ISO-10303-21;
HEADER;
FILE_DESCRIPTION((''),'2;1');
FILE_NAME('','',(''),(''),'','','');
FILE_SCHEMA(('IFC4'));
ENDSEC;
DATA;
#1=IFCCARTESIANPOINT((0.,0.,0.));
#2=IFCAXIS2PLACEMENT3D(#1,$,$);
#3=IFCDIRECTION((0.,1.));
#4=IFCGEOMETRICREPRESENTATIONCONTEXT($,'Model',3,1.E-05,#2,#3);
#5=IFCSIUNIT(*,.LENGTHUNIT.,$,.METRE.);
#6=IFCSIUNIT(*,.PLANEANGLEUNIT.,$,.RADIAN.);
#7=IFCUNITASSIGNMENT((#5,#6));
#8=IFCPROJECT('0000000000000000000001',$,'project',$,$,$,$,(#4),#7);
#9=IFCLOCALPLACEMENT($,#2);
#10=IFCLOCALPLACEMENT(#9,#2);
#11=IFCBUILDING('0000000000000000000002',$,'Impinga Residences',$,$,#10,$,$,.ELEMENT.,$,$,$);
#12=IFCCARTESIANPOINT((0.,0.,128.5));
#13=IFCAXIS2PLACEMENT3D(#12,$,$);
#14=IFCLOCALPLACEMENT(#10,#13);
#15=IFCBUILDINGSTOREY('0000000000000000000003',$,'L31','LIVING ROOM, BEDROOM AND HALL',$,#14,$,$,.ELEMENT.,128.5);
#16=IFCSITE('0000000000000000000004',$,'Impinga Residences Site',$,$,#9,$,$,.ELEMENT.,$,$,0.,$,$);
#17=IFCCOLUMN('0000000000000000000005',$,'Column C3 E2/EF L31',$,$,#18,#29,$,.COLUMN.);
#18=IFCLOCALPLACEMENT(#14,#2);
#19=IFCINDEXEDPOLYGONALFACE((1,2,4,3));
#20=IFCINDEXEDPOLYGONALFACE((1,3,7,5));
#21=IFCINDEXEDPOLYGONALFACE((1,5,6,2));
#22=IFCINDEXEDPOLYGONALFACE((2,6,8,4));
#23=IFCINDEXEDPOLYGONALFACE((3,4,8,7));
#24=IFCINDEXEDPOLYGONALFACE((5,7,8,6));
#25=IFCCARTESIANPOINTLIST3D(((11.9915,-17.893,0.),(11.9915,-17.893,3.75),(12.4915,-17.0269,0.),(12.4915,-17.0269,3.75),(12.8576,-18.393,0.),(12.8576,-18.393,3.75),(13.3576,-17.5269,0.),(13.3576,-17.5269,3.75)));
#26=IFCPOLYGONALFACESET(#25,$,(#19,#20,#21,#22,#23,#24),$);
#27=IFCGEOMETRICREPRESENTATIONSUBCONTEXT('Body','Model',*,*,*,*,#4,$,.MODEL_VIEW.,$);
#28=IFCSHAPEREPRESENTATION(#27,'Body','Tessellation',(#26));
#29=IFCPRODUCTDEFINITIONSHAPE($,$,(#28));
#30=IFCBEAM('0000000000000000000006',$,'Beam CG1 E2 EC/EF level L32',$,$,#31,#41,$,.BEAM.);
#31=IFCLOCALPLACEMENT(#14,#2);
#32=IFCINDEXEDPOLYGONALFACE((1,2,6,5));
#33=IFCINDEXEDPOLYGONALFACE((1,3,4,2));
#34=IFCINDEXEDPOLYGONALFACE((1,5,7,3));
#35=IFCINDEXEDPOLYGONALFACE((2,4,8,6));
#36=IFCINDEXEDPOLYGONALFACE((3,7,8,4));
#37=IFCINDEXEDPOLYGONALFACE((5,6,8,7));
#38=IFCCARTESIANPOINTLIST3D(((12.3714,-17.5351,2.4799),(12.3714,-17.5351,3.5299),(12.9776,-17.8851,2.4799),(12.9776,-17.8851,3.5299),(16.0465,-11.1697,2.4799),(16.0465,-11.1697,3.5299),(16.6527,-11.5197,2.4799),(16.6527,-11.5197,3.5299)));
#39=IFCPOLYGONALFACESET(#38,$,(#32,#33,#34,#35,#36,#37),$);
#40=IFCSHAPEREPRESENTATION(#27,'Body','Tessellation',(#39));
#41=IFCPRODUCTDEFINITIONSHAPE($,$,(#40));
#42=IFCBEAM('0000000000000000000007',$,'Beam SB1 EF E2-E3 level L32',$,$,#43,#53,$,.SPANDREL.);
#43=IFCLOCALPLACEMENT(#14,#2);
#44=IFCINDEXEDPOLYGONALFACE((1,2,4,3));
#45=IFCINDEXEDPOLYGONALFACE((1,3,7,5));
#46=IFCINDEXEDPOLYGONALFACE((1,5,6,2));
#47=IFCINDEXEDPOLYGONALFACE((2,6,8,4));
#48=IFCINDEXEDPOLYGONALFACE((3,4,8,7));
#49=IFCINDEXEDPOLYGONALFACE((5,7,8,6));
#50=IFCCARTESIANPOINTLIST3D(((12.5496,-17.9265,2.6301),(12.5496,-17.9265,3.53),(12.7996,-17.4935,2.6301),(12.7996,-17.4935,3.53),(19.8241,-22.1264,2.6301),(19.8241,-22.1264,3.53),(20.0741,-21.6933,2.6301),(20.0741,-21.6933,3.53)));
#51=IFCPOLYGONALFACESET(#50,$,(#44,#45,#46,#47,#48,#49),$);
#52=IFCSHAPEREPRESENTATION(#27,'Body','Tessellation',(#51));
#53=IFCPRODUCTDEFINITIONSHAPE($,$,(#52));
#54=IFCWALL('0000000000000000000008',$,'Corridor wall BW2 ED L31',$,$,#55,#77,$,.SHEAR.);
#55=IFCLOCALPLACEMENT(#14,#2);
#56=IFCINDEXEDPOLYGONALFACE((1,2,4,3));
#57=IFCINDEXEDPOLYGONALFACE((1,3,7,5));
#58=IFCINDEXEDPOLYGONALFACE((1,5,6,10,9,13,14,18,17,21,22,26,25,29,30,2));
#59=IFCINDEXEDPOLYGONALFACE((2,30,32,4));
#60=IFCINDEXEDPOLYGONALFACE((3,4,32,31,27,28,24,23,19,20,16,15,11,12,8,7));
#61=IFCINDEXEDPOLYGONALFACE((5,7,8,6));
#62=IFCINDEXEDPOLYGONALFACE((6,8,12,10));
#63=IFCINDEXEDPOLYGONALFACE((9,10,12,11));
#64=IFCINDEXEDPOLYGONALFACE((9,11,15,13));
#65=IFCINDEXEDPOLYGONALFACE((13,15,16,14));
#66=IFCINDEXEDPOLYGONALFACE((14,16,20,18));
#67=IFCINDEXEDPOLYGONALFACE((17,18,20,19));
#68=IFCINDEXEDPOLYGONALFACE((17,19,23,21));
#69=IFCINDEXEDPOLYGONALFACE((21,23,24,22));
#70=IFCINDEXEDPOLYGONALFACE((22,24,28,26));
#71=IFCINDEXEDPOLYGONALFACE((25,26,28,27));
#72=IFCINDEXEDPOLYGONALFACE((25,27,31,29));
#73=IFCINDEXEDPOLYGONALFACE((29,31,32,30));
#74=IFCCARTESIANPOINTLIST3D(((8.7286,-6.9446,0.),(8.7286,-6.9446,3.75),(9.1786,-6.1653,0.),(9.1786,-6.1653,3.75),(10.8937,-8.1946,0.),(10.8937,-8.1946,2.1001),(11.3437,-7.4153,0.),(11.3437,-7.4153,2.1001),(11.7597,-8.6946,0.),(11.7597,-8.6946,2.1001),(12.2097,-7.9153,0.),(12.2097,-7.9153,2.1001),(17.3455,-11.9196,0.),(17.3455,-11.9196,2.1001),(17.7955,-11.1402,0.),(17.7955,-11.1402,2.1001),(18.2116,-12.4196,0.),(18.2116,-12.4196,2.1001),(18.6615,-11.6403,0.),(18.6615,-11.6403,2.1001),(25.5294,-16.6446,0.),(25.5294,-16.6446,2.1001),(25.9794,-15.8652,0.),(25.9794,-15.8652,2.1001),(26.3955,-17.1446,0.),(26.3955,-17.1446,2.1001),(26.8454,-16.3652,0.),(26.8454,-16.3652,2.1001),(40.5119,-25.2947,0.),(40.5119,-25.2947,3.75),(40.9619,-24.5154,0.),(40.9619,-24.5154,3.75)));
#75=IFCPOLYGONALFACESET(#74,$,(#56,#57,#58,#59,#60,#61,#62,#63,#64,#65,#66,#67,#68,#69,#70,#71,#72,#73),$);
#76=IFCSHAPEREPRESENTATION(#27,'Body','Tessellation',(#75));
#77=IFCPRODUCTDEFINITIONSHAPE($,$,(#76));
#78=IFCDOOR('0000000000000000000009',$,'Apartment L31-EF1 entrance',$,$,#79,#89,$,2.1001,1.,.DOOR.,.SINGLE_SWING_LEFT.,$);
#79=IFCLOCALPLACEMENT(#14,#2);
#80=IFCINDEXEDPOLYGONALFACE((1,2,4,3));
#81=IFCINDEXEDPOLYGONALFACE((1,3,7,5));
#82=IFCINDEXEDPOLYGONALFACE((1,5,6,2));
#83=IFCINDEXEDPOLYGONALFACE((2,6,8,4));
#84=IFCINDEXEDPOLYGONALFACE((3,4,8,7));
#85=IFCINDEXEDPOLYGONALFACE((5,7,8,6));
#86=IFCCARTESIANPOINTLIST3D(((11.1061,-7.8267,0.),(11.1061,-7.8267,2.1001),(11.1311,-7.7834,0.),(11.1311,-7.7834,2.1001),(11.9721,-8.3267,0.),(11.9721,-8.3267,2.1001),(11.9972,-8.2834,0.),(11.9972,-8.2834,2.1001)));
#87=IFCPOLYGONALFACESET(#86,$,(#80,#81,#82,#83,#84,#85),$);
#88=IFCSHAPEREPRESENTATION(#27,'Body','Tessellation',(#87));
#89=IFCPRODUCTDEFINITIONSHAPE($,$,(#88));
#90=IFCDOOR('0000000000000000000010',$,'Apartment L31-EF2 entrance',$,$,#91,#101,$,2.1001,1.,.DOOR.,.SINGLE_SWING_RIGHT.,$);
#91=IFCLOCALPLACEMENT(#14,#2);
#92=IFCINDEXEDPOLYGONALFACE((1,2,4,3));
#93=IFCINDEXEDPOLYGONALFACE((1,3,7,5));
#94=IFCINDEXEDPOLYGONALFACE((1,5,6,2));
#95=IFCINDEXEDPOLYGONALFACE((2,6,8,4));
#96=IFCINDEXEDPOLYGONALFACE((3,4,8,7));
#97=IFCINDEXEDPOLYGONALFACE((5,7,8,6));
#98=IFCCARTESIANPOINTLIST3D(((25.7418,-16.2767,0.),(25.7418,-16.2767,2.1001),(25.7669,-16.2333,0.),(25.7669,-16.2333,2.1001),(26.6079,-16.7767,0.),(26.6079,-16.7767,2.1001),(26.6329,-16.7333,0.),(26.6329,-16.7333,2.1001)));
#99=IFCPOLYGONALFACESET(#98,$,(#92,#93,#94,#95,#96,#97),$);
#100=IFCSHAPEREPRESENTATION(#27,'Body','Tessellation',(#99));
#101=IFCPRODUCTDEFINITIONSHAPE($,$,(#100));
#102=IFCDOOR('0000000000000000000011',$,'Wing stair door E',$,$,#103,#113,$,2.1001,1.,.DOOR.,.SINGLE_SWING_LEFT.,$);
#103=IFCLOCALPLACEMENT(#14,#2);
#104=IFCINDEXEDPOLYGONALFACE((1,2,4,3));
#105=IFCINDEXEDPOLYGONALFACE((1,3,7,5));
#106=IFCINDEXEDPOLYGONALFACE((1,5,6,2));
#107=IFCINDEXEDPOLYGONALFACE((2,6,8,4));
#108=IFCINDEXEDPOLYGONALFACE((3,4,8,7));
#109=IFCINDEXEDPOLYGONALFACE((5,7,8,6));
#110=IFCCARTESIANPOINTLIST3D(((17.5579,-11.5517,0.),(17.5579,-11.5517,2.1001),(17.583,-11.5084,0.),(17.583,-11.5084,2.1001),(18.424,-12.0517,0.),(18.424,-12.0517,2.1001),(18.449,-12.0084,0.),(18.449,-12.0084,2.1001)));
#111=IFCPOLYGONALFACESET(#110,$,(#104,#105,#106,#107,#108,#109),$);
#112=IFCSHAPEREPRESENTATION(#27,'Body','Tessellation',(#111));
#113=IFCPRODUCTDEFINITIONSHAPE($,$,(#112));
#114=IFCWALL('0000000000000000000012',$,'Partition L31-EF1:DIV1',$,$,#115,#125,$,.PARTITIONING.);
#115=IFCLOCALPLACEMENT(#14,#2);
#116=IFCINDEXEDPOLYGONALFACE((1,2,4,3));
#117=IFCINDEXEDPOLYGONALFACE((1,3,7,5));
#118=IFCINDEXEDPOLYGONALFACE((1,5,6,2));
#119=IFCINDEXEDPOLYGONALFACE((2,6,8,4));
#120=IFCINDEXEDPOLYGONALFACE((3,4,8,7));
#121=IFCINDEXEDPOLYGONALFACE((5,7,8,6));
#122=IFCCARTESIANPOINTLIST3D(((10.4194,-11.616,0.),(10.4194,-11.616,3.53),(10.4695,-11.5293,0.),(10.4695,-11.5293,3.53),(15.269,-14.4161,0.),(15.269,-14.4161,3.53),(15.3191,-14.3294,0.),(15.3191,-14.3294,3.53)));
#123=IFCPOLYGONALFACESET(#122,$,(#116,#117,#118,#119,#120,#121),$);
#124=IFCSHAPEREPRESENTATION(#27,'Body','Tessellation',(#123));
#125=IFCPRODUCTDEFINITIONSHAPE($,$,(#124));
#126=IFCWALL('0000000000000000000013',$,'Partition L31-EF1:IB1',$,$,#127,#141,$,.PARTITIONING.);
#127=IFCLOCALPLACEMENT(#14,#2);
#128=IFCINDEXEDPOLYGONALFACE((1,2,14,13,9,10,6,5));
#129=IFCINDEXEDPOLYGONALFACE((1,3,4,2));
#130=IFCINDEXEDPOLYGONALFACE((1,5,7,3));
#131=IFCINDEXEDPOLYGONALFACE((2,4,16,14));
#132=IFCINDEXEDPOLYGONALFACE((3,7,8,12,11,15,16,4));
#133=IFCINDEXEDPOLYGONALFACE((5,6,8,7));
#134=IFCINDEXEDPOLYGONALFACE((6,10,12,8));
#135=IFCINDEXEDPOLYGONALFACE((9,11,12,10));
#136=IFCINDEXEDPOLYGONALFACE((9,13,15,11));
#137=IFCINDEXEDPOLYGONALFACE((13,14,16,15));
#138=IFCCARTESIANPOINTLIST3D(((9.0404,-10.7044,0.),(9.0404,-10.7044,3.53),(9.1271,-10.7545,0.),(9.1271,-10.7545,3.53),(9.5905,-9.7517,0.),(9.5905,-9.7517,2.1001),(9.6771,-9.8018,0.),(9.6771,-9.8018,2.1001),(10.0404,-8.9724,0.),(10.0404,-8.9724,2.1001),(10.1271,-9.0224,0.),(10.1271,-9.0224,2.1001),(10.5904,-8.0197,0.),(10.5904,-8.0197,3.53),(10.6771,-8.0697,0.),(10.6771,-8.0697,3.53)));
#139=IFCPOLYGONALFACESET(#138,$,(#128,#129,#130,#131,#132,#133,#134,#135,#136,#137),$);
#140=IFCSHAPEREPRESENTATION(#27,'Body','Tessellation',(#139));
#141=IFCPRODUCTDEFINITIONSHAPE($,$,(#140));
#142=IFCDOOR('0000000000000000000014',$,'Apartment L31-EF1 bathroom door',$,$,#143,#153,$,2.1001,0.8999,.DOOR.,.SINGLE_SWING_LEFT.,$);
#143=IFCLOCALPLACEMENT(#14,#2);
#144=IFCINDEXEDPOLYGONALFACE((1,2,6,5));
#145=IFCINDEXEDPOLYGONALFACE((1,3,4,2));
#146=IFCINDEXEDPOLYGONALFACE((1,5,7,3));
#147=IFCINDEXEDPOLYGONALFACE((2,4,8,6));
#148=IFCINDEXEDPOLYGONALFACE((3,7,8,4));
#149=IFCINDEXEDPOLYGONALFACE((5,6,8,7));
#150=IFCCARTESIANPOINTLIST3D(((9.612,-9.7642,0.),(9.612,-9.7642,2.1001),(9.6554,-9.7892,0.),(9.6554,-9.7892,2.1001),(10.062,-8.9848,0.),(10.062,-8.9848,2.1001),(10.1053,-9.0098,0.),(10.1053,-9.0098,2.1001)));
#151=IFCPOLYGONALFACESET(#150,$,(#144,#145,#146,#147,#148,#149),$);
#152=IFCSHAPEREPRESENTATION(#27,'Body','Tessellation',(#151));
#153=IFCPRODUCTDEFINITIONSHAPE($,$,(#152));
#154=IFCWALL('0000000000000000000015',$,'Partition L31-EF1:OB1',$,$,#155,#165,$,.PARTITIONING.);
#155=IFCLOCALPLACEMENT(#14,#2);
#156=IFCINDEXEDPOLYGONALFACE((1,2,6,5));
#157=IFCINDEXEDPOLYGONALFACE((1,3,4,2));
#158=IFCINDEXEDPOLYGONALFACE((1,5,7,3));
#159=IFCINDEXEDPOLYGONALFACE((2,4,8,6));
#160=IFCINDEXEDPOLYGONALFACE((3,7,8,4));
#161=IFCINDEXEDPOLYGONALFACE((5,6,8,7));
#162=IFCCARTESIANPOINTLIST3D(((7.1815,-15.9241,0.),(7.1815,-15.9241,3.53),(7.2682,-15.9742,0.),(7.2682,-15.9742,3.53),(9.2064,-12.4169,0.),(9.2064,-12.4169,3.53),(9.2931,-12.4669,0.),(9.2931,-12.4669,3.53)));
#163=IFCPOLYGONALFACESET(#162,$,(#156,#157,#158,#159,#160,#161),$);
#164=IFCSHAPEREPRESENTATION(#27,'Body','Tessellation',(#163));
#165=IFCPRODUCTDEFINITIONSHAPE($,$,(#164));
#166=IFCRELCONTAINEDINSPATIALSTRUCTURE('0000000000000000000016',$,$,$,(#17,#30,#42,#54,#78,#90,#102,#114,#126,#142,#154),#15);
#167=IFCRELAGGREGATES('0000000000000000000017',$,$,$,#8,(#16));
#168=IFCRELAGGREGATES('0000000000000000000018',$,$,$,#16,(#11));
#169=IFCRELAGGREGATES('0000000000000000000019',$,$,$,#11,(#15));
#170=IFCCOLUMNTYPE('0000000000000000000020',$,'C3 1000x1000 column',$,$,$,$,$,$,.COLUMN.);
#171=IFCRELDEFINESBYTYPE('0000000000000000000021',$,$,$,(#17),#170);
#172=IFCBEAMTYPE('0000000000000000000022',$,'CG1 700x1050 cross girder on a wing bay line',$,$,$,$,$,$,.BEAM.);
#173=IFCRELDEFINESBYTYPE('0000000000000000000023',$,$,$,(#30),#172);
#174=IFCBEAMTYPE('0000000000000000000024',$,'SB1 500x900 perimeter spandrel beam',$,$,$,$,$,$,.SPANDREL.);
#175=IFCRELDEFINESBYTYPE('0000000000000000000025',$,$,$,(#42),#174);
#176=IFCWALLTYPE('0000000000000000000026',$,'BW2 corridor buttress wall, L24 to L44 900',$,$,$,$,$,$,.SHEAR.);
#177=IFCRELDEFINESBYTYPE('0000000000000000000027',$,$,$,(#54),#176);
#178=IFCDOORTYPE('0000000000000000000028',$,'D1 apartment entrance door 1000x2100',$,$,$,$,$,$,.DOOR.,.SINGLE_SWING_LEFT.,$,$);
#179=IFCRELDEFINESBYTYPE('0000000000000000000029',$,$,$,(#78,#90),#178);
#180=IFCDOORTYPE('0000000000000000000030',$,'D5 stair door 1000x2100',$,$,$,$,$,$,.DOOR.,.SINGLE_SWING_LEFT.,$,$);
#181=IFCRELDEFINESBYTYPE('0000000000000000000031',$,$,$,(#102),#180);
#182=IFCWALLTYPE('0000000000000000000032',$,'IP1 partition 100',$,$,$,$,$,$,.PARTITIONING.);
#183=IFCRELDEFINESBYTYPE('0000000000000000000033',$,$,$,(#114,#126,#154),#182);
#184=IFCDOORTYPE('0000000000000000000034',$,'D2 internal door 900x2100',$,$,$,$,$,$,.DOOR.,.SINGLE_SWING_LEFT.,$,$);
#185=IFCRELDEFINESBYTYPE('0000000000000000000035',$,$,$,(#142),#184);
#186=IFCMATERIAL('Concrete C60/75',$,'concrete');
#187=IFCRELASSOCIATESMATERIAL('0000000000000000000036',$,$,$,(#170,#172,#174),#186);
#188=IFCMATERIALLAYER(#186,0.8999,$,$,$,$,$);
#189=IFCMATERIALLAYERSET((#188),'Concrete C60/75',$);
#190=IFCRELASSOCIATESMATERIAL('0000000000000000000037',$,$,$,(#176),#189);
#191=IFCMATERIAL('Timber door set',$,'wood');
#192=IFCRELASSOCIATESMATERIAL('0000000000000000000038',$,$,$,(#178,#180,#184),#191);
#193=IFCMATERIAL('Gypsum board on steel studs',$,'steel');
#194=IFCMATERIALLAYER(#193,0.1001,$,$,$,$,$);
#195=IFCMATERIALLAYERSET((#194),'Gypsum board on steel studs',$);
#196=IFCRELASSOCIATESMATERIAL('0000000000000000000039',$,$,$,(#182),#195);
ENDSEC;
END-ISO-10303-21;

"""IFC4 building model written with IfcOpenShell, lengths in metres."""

from ifc_helpers import new_model, si_unit, direction, frame, frame_2d, origin, origin_2d, place, context, subcontext, project, spatial, rectangle, extrude, material, layer, layer_set, material_profile, profile_set, type_object, element, fill, save


model = new_model("IFC4")

# Units and contexts
model_context = context("Model", 3, precision=1e-05, world=origin(), true_north=direction((0.0, 1.0)))
body_context = subcontext(model_context, "Body", "Model", "MODEL_VIEW")
ifc_project = project(units=[si_unit("LENGTHUNIT", "METRE"), si_unit("PLANEANGLEUNIT", "RADIAN")], contexts=[model_context])

# Site, building, storey
site_placement = place(None, origin())
site = spatial("IfcSite", under=ifc_project, at=site_placement, Name="Impinga Residences Site", CompositionType="ELEMENT", RefElevation=0.0)
building_placement = place(site_placement, origin())
building = spatial("IfcBuilding", under=site, at=building_placement, Name="Impinga Residences", CompositionType="ELEMENT")
storey_placement = place(building_placement, frame((0.0, 0.0, 128.5)))
storey = spatial("IfcBuildingStorey", under=building, at=storey_placement, Name="L31", Description="LIVING ROOM, BEDROOM AND HALL", CompositionType="ELEMENT", Elevation=128.5)

# Column
ifc_material_1 = material(Name="Concrete C60/75", Category="concrete")
ifc_material_profile_1 = material_profile(ifc_material_1, rectangle(XDim=1.0, YDim=1.0, at=origin_2d()), Name="RC 1000x1000")
ifc_profile_set_1 = profile_set([ifc_material_profile_1], Name="Concrete C60/75")
column_type = type_object("IfcColumnType", Name="C3 1000x1000 column", PredefinedType="COLUMN", material=ifc_profile_set_1)
column_placement = place(storey_placement, frame((12.6746, -17.71, 0.0), z_axis=(0.0, 0.0, 1.0), x_axis=(-0.5, -0.866025, 0.0)))
element("IfcColumn", 1, at=column_placement, inside=storey, type_object=column_type, Name="Column C3 E2/EF L31", PredefinedType="COLUMN", context=body_context, shape_type="SweptSolid", body=[
    extrude(rectangle(XDim=1.0, YDim=1.0, at=origin_2d()), origin(), (0.0, 0.0, 1.0), 3.75),
])

# Beams
ifc_material_profile_2 = material_profile(ifc_material_1, rectangle(XDim=0.7, YDim=1.05, at=origin_2d()), Name="RC 700x1050")
ifc_profile_set_2 = profile_set([ifc_material_profile_2], Name="Concrete C60/75")
beam_type_1 = type_object("IfcBeamType", Name="CG1 700x1050 cross girder on a wing bay line", PredefinedType="BEAM", material=ifc_profile_set_2)
beam_1_placement = place(storey_placement, frame((16.3496, -11.3447, 3.0049), z_axis=(-0.500008, -0.866021, 0.0), x_axis=(0.866021, -0.500008, 0.0)))
element("IfcBeam", 2, at=beam_1_placement, inside=storey, type_object=beam_type_1, Name="Beam CG1 E2 EC/EF level L32", PredefinedType="BEAM", context=body_context, shape_type="SweptSolid", body=[
    extrude(rectangle(XDim=0.7, YDim=1.05, at=origin_2d()), origin(), (0.0, 0.0, 1.0), 7.3501),
])
ifc_material_profile_3 = material_profile(ifc_material_1, rectangle(XDim=0.5, YDim=0.8999, at=origin_2d()), Name="RC 500x900")
ifc_profile_set_3 = profile_set([ifc_material_profile_3], Name="Concrete C60/75")
beam_type_2 = type_object("IfcBeamType", Name="SB1 500x900 perimeter spandrel beam", PredefinedType="SPANDREL", material=ifc_profile_set_3)
beam_2_placement = place(storey_placement, frame((12.6746, -17.71, 3.0801), z_axis=(0.866029, -0.499993, 0.0), x_axis=(0.499993, 0.866029, 0.0)))
element("IfcBeam", 3, at=beam_2_placement, inside=storey, type_object=beam_type_2, Name="Beam SB1 EF E2-E3 level L32", PredefinedType="SPANDREL", context=body_context, shape_type="SweptSolid", body=[
    extrude(rectangle(XDim=0.5, YDim=0.8999, at=origin_2d()), origin(), (0.0, 0.0, 1.0), 8.3999),
])

# Wall, openings, doors
ifc_layer_1 = layer(ifc_material_1, 0.8999)
ifc_layer_set_1 = layer_set([ifc_layer_1], Name="Concrete C60/75")
wall_type_1 = type_object("IfcWallType", Name="BW2 corridor buttress wall, L24 to L44 900", PredefinedType="SHEAR", material=ifc_layer_set_1)
wall_1_placement = place(storey_placement, frame((8.9536, -6.5549, 0.0), z_axis=(0.0, 0.0, 1.0), x_axis=(0.866025, -0.500001, 0.0)))
wall_1 = element("IfcWall", 4, at=wall_1_placement, inside=storey, type_object=wall_type_1, Name="Corridor wall BW2 ED L31", PredefinedType="SHEAR", context=body_context, shape_type="SweptSolid", body=[
    extrude(rectangle(XDim=36.7002, YDim=0.8999, at=frame_2d((18.3501, 0.0))), origin(), (0.0, 0.0, 1.0), 3.75),
])
opening_1_placement = place(wall_1_placement, frame((9.95, 0.0, 0.0)))
opening_1 = element("IfcOpeningElement", 5, at=opening_1_placement, cuts=wall_1, PredefinedType="OPENING", context=body_context, shape_type="SweptSolid", body=[
    extrude(rectangle(XDim=1.0, YDim=2.1001, at=frame_2d((0.5, 1.05))), frame((0.0, 0.46, 0.0), z_axis=(0.0, -1.0, 0.0), x_axis=(1.0, 0.0, 0.0)), (0.0, 0.0, 1.0), 0.9199),
])
opening_2_placement = place(wall_1_placement, frame((2.5, 0.0, 0.0)))
opening_2 = element("IfcOpeningElement", 6, at=opening_2_placement, cuts=wall_1, PredefinedType="OPENING", context=body_context, shape_type="SweptSolid", body=[
    extrude(rectangle(XDim=1.0, YDim=2.1001, at=frame_2d((0.5, 1.05))), frame((0.0, 0.46, 0.0), z_axis=(0.0, -1.0, 0.0), x_axis=(1.0, 0.0, 0.0)), (0.0, 0.0, 1.0), 0.9199),
])
opening_3_placement = place(wall_1_placement, frame((19.3999, 0.0, 0.0)))
opening_3 = element("IfcOpeningElement", 7, at=opening_3_placement, cuts=wall_1, PredefinedType="OPENING", context=body_context, shape_type="SweptSolid", body=[
    extrude(rectangle(XDim=1.0, YDim=2.1001, at=frame_2d((0.5, 1.05))), frame((0.0, 0.46, 0.0), z_axis=(0.0, -1.0, 0.0), x_axis=(1.0, 0.0, 0.0)), (0.0, 0.0, 1.0), 0.9199),
])
ifc_material_2 = material(Name="Timber door set", Category="wood")
door_type_1 = type_object("IfcDoorType", Name="D1 apartment entrance door 1000x2100", OperationType="SINGLE_SWING_LEFT", PredefinedType="DOOR", material=ifc_material_2)
door_1_placement = place(opening_2_placement, origin())
door_1 = element("IfcDoor", 8, at=door_1_placement, inside=storey, type_object=door_type_1, Name="Apartment L31-EF1 entrance", OperationType="SINGLE_SWING_LEFT", OverallHeight=2.1001, OverallWidth=1.0, PredefinedType="DOOR", context=body_context, shape_type="SweptSolid", body=[
    extrude(rectangle(XDim=1.0, YDim=2.1001, at=frame_2d((0.5, 1.05))), frame((0.0, 0.0249, 0.0), z_axis=(0.0, -1.0, 0.0), x_axis=(1.0, 0.0, 0.0)), (0.0, 0.0, 1.0), 0.05),
])
fill(opening_2, door_1)
door_2_placement = place(opening_3_placement, origin())
door_2 = element("IfcDoor", 9, at=door_2_placement, inside=storey, type_object=door_type_1, Name="Apartment L31-EF2 entrance", OperationType="SINGLE_SWING_RIGHT", OverallHeight=2.1001, OverallWidth=1.0, PredefinedType="DOOR", context=body_context, shape_type="SweptSolid", body=[
    extrude(rectangle(XDim=1.0, YDim=2.1001, at=frame_2d((0.5, 1.05))), frame((0.0, 0.0249, 0.0), z_axis=(0.0, -1.0, 0.0), x_axis=(1.0, 0.0, 0.0)), (0.0, 0.0, 1.0), 0.05),
])
fill(opening_3, door_2)
door_type_2 = type_object("IfcDoorType", Name="D5 stair door 1000x2100", OperationType="SINGLE_SWING_LEFT", PredefinedType="DOOR", material=ifc_material_2)
door_3_placement = place(opening_1_placement, origin())
door_3 = element("IfcDoor", 10, at=door_3_placement, inside=storey, type_object=door_type_2, Name="Wing stair door E", OperationType="SINGLE_SWING_LEFT", OverallHeight=2.1001, OverallWidth=1.0, PredefinedType="DOOR", context=body_context, shape_type="SweptSolid", body=[
    extrude(rectangle(XDim=1.0, YDim=2.1001, at=frame_2d((0.5, 1.05))), frame((0.0, 0.0249, 0.0), z_axis=(0.0, -1.0, 0.0), x_axis=(1.0, 0.0, 0.0)), (0.0, 0.0, 1.0), 0.05),
])
fill(opening_1, door_3)

# Wall
ifc_material_3 = material(Name="Gypsum board on steel studs", Category="steel")
ifc_layer_2 = layer(ifc_material_3, 0.1001)
ifc_layer_set_2 = layer_set([ifc_layer_2], Name="Gypsum board on steel studs")
wall_type_2 = type_object("IfcWallType", Name="IP1 partition 100", PredefinedType="PARTITIONING", material=ifc_layer_set_2)
wall_2_placement = place(storey_placement, frame((10.4446, -11.5728, 0.0), z_axis=(0.0, 0.0, 1.0), x_axis=(0.866016, -0.500017, 0.0)))
element("IfcWall", 11, at=wall_2_placement, inside=storey, type_object=wall_type_2, Name="Partition L31-EF1:DIV1", PredefinedType="PARTITIONING", context=body_context, shape_type="SweptSolid", body=[
    extrude(rectangle(XDim=5.5999, YDim=0.1001, at=frame_2d((2.7998, 0.0))), origin(), (0.0, 0.0, 1.0), 3.53),
])

# Wall, opening, door
wall_3_placement = place(storey_placement, frame((10.6338, -8.0447, 0.0), z_axis=(0.0, 0.0, 1.0), x_axis=(-0.499993, -0.86603, 0.0)))
wall_3 = element("IfcWall", 12, at=wall_3_placement, inside=storey, type_object=wall_type_2, Name="Partition L31-EF1:IB1", PredefinedType="PARTITIONING", context=body_context, shape_type="SweptSolid", body=[
    extrude(rectangle(XDim=3.1001, YDim=0.1001, at=frame_2d((1.55, 0.0))), origin(), (0.0, 0.0, 1.0), 3.53),
])
opening_4_placement = place(wall_3_placement, frame((1.1001, 0.0, 0.0)))
opening_4 = element("IfcOpeningElement", 13, at=opening_4_placement, cuts=wall_3, PredefinedType="OPENING", context=body_context, shape_type="SweptSolid", body=[
    extrude(rectangle(XDim=0.8999, YDim=2.1001, at=frame_2d((0.45, 1.05))), frame((0.0, 0.0601, 0.0), z_axis=(0.0, -1.0, 0.0), x_axis=(1.0, 0.0, 0.0)), (0.0, 0.0, 1.0), 0.1201),
])
door_type_3 = type_object("IfcDoorType", Name="D2 internal door 900x2100", OperationType="SINGLE_SWING_LEFT", PredefinedType="DOOR", material=ifc_material_2)
door_4_placement = place(opening_4_placement, origin())
door_4 = element("IfcDoor", 14, at=door_4_placement, inside=storey, type_object=door_type_3, Name="Apartment L31-EF1 bathroom door", OperationType="SINGLE_SWING_LEFT", OverallHeight=2.1001, OverallWidth=0.8999, PredefinedType="DOOR", context=body_context, shape_type="SweptSolid", body=[
    extrude(rectangle(XDim=0.8999, YDim=2.1001, at=frame_2d((0.45, 1.05))), frame((0.0, 0.0249, 0.0), z_axis=(0.0, -1.0, 0.0), x_axis=(1.0, 0.0, 0.0)), (0.0, 0.0, 1.0), 0.05),
])
fill(opening_4, door_4)

# Wall
wall_4_placement = place(storey_placement, frame((9.2498, -12.4419, 0.0), z_axis=(0.0, 0.0, 1.0), x_axis=(-0.49999, -0.866031, 0.0)))
element("IfcWall", 15, at=wall_4_placement, inside=storey, type_object=wall_type_2, Name="Partition L31-EF1:OB1", PredefinedType="PARTITIONING", context=body_context, shape_type="SweptSolid", body=[
    extrude(rectangle(XDim=4.0498, YDim=0.1001, at=frame_2d((2.0249, 0.0))), origin(), (0.0, 0.0, 1.0), 3.53),
])

save(model, "model.ifc")
